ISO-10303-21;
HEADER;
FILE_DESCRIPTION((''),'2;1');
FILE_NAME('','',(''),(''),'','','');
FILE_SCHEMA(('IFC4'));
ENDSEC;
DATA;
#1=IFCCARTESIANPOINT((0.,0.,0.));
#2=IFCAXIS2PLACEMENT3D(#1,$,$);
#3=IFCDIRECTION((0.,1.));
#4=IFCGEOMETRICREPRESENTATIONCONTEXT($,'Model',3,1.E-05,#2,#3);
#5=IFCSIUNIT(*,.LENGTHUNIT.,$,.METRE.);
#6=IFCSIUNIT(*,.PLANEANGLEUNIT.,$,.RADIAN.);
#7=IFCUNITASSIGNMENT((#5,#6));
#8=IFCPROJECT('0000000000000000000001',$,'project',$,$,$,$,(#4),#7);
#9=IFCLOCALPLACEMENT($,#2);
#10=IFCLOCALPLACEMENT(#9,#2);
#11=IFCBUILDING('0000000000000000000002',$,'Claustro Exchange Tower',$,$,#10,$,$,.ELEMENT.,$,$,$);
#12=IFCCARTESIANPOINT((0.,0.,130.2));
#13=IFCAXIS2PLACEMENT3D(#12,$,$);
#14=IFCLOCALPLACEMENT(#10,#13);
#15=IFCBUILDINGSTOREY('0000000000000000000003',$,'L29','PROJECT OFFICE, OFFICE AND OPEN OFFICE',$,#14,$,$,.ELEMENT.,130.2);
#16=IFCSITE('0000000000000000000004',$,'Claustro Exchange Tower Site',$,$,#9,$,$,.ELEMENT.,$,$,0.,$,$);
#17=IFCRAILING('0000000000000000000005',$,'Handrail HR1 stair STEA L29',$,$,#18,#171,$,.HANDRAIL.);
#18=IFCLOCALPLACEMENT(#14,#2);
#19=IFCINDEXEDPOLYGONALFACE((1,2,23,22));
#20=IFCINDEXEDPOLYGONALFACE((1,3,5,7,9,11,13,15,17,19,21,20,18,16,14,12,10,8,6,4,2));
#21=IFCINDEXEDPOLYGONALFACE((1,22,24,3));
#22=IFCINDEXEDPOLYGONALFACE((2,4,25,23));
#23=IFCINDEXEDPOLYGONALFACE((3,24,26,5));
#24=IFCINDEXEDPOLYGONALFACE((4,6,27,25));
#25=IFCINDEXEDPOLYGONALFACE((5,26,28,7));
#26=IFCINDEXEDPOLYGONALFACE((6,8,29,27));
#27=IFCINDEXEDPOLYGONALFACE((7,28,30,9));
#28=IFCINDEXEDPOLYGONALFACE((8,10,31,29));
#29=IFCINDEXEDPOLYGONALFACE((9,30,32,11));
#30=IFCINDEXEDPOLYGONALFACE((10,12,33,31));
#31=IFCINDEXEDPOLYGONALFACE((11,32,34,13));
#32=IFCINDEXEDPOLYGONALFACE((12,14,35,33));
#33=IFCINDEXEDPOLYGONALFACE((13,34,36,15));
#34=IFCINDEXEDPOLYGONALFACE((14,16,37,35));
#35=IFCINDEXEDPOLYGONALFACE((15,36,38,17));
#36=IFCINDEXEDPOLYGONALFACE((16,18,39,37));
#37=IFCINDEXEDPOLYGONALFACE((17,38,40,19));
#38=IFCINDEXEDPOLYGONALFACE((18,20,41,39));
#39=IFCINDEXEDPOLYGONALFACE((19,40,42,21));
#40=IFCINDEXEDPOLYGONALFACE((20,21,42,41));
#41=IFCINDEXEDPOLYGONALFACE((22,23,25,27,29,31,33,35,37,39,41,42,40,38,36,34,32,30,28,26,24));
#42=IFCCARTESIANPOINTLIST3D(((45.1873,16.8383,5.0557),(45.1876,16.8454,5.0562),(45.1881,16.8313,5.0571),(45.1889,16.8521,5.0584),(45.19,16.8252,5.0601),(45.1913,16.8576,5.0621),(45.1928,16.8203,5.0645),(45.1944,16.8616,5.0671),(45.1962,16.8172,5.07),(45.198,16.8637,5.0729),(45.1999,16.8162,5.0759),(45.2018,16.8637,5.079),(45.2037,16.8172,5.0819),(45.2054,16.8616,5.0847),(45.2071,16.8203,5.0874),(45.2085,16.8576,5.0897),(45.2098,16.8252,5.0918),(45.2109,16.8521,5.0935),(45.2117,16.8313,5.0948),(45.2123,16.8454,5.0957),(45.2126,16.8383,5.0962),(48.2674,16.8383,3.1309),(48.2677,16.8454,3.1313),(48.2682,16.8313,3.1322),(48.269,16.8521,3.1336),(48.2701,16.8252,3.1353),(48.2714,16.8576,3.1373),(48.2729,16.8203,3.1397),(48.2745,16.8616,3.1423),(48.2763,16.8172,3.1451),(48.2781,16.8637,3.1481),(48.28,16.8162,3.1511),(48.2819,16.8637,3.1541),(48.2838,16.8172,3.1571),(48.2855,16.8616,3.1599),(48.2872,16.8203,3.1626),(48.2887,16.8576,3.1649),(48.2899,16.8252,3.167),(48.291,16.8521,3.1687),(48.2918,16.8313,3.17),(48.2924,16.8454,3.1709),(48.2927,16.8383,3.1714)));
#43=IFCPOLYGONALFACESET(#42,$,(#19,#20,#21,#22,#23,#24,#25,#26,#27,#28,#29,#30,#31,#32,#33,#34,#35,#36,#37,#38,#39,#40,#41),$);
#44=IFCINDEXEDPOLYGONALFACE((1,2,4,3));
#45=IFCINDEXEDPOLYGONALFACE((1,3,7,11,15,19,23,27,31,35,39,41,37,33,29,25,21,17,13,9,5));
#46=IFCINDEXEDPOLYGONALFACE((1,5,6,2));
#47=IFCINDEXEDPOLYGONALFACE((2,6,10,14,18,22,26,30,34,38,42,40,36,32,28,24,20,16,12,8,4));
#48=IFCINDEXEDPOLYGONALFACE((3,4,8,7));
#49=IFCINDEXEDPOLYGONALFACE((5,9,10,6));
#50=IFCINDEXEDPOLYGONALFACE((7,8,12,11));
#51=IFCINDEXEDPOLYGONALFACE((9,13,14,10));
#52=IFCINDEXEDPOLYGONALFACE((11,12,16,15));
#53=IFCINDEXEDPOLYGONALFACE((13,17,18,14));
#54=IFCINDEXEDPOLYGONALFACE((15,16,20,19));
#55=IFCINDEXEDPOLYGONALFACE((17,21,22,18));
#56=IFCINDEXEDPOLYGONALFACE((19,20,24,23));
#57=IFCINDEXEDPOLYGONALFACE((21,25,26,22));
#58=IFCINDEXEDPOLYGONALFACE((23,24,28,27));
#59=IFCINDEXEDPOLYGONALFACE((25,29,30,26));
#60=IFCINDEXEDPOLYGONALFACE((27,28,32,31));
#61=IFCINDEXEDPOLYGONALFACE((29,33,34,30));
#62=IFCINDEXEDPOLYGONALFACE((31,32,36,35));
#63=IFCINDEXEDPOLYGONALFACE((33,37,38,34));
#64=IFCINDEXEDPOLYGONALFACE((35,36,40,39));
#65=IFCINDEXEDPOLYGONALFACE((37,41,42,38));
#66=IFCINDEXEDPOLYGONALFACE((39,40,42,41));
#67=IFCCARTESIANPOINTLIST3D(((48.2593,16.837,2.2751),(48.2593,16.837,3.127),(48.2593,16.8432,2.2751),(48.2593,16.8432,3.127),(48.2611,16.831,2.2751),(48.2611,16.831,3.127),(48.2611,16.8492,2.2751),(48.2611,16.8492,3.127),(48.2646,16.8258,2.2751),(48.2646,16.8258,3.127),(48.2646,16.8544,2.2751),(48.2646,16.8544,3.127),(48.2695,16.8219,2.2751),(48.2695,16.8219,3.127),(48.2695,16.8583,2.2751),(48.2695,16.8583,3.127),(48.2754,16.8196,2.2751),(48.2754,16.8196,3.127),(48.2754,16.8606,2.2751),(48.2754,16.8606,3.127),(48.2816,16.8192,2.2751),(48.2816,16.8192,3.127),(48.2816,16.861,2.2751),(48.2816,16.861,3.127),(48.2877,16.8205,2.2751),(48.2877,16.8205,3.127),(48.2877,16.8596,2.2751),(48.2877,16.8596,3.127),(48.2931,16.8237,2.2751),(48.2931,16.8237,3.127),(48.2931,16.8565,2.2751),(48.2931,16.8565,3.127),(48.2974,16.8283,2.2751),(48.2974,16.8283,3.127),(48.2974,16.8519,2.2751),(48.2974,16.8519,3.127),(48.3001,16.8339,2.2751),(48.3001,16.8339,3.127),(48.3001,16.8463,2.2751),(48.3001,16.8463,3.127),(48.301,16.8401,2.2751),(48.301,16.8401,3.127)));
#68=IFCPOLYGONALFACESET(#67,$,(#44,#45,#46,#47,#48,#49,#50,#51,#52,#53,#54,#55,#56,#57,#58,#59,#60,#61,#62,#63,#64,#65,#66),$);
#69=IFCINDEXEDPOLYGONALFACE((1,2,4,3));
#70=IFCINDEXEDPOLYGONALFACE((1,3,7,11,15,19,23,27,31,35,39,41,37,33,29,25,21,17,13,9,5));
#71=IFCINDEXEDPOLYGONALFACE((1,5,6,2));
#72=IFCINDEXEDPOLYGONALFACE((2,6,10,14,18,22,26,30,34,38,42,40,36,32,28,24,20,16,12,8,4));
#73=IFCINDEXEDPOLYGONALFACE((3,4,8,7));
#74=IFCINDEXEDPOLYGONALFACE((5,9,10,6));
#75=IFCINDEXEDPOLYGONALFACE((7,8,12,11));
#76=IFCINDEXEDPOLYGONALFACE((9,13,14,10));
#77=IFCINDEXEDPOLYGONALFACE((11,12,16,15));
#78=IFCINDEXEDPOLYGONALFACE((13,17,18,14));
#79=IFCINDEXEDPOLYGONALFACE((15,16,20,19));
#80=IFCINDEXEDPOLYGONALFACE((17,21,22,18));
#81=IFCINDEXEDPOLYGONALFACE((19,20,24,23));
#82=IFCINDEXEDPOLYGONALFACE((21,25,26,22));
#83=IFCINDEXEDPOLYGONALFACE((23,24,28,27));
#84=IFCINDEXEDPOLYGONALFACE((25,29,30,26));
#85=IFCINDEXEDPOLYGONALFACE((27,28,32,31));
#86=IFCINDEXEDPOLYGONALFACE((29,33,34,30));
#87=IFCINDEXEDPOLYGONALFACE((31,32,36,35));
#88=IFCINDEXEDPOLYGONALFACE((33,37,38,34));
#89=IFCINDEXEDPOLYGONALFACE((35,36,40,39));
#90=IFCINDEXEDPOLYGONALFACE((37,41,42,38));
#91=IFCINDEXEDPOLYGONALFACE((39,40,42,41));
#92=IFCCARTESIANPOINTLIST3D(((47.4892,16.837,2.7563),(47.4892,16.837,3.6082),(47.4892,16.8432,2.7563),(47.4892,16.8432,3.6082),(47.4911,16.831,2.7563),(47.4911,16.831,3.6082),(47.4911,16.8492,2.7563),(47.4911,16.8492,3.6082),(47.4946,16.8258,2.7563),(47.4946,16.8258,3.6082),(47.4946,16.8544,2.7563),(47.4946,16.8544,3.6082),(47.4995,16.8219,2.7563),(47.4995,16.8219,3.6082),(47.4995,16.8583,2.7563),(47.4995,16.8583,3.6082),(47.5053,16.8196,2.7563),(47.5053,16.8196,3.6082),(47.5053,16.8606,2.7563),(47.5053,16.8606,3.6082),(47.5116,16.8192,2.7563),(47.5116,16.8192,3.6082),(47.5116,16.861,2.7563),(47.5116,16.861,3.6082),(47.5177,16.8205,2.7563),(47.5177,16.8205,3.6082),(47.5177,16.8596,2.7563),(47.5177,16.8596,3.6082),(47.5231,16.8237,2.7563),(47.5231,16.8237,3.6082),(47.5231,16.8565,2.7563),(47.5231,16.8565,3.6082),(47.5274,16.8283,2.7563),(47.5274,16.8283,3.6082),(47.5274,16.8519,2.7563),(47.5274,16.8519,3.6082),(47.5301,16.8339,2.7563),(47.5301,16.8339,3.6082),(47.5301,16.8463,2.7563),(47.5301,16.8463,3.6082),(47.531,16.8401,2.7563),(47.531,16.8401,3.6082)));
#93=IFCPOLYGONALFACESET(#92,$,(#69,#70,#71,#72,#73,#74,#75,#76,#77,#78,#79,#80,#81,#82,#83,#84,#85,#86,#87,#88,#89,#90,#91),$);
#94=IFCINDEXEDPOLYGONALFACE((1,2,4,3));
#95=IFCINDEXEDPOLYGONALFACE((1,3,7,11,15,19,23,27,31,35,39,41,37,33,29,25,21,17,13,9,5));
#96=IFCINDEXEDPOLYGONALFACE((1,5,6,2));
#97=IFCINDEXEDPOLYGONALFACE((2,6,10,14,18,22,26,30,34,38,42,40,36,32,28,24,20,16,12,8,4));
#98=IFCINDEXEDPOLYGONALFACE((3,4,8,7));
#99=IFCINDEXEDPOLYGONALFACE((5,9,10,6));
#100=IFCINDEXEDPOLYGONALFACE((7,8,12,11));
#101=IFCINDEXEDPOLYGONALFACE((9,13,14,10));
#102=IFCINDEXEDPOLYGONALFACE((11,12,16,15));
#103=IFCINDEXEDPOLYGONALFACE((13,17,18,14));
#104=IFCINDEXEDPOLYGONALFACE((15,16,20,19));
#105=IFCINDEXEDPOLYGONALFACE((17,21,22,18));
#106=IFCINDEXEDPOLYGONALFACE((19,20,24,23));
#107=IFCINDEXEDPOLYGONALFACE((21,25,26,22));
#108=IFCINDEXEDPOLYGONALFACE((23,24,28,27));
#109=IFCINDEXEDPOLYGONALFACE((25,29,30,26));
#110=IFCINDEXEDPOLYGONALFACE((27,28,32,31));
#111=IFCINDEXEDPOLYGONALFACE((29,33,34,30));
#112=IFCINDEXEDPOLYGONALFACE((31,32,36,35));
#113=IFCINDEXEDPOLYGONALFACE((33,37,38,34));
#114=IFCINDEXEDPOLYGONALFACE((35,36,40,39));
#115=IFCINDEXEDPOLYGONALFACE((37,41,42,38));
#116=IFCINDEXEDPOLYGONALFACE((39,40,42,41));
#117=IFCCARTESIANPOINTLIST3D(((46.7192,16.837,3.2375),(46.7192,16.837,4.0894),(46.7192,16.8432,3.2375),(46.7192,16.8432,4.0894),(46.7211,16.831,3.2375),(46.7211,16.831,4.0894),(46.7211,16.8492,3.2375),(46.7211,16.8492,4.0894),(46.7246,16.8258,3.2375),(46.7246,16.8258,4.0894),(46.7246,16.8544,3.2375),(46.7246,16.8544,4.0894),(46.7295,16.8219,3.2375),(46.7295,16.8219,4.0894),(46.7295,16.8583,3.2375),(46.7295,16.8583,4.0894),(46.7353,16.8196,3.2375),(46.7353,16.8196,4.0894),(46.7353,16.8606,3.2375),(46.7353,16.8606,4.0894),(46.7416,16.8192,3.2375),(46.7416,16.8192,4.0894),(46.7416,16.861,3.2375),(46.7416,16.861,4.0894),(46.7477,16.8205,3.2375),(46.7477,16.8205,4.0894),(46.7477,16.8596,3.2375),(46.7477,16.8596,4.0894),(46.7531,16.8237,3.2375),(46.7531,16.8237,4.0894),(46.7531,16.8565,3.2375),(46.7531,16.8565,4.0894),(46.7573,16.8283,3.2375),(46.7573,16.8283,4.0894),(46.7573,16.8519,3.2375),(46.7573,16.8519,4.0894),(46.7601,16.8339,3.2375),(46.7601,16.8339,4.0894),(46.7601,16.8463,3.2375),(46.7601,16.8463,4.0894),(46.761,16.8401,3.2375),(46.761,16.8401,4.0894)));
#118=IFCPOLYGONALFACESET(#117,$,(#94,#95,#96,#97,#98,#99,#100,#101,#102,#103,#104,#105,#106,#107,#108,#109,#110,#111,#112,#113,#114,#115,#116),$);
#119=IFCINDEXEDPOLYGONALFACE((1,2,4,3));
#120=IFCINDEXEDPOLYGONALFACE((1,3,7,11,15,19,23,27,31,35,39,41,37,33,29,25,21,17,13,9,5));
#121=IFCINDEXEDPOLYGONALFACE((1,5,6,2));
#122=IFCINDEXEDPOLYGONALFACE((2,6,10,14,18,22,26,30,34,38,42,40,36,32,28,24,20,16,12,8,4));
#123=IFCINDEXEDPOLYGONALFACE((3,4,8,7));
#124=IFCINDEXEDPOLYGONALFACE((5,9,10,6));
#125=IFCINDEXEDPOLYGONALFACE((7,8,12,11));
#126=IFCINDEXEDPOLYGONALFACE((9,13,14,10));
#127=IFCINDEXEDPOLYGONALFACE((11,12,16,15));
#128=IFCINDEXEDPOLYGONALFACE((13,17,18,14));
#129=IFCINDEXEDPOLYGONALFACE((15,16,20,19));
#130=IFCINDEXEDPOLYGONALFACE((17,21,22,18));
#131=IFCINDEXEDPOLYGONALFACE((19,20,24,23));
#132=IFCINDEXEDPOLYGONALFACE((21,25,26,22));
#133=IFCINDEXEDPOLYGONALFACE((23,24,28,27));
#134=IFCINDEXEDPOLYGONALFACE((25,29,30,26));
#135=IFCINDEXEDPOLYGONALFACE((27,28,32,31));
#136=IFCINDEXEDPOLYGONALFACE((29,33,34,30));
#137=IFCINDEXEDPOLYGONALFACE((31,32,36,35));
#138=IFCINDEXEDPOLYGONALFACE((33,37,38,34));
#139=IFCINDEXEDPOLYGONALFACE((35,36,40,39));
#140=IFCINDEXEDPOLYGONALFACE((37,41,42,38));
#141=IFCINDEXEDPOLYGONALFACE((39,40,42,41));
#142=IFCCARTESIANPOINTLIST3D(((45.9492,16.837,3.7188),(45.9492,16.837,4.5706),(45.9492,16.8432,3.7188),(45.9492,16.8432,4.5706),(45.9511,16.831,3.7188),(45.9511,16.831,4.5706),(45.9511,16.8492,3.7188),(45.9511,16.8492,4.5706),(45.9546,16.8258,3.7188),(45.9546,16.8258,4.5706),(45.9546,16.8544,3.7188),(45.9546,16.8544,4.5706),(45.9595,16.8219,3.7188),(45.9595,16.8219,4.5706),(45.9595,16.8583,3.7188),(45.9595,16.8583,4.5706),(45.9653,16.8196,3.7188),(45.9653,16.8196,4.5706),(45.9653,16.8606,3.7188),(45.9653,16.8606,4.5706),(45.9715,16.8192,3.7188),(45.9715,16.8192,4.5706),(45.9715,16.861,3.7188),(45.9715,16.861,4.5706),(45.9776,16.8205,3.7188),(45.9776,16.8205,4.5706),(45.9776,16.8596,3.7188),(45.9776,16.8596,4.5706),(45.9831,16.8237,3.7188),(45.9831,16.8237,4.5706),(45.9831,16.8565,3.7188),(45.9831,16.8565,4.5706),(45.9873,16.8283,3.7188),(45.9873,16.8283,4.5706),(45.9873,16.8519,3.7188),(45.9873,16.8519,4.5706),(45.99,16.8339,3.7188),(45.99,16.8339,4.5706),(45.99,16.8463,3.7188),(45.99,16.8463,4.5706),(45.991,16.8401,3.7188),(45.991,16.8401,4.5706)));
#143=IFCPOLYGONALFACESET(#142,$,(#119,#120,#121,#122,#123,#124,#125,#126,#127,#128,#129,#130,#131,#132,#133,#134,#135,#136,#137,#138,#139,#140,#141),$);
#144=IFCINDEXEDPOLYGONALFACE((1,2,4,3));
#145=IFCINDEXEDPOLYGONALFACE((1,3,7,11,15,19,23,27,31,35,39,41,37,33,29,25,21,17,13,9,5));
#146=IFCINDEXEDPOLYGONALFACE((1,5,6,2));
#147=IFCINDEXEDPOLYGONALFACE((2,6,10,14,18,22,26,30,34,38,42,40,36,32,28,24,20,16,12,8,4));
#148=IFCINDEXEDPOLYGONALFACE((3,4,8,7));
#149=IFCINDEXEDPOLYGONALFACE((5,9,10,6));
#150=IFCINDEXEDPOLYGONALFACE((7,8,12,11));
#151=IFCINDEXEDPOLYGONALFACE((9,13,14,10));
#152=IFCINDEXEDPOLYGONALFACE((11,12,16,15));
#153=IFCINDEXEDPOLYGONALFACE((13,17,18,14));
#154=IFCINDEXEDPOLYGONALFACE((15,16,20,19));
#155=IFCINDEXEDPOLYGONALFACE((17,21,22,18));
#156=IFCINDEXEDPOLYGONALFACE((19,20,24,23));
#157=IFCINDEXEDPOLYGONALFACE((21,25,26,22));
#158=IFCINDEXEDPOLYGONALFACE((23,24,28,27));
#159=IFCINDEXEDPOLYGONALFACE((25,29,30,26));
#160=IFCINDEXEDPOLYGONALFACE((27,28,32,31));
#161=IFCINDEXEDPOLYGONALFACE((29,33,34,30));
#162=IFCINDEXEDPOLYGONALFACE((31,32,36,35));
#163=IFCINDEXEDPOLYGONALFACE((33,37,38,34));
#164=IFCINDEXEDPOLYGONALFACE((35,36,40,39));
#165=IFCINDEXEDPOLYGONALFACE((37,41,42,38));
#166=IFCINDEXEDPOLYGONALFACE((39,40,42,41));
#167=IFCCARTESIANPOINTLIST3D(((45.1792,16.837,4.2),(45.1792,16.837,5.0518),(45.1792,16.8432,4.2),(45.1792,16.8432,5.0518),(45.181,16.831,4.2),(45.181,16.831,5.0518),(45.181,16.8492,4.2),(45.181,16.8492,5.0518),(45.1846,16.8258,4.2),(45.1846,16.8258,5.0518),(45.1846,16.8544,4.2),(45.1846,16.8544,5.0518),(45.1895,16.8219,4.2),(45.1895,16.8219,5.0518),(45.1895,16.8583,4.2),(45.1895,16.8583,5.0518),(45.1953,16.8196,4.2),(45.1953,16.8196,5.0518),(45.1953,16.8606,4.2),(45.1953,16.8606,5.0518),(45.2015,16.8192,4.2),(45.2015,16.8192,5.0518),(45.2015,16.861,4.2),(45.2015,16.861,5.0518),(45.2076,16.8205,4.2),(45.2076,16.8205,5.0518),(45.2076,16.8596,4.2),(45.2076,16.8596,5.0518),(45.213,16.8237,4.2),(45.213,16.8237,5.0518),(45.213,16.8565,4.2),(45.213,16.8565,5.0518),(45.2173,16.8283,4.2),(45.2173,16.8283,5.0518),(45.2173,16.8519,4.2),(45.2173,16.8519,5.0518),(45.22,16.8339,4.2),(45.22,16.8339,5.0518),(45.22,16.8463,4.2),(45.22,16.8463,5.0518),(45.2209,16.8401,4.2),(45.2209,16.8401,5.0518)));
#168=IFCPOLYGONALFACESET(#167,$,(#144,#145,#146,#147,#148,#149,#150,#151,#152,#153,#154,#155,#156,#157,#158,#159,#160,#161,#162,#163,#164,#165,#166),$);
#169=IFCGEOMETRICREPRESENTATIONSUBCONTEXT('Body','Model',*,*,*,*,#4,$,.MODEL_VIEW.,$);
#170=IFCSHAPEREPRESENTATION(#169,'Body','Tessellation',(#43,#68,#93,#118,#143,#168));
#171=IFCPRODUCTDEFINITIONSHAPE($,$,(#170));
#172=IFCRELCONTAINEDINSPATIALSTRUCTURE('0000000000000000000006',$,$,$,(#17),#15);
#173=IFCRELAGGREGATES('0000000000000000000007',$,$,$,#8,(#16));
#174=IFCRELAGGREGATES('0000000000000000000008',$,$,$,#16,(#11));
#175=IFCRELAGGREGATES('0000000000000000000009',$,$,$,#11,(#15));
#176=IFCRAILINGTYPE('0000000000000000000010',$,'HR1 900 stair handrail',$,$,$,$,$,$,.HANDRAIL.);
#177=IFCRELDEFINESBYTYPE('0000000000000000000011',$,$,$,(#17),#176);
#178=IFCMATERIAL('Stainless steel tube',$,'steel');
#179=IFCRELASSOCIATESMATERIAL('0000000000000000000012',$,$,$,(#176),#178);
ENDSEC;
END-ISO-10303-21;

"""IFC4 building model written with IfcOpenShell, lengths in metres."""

from ifc_helpers import new_model, si_unit, direction, frame, origin, origin_2d, place, context, subcontext, project, spatial, circle, extrude, material, type_object, element, save


model = new_model("IFC4")

# Units and contexts
model_context = context("Model", 3, precision=1e-05, world=origin(), true_north=direction((0.0, 1.0)))
body_context = subcontext(model_context, "Body", "Model", "MODEL_VIEW")
ifc_project = project(units=[si_unit("LENGTHUNIT", "METRE"), si_unit("PLANEANGLEUNIT", "RADIAN")], contexts=[model_context])

# Site, building, storey
site_placement = place(None, origin())
site = spatial("IfcSite", under=ifc_project, at=site_placement, Name="Claustro Exchange Tower Site", CompositionType="ELEMENT", RefElevation=0.0)
building_placement = place(site_placement, origin())
building = spatial("IfcBuilding", under=site, at=building_placement, Name="Claustro Exchange Tower", CompositionType="ELEMENT")
storey_placement = place(building_placement, frame((0.0, 0.0, 130.2)))
storey = spatial("IfcBuildingStorey", under=building, at=storey_placement, Name="L29", Description="PROJECT OFFICE, OFFICE AND OPEN OFFICE", CompositionType="ELEMENT", Elevation=130.2)

# Railing
ifc_material_1 = material(Name="Stainless steel tube", Category="steel")
railing_type_1 = type_object("IfcRailingType", Name="HR1 900 stair handrail", PredefinedType="HANDRAIL", material=ifc_material_1)
railing_1_placement = place(storey_placement, frame((48.28, 16.8401, 2.2751)))
element("IfcRailing", 1, at=railing_1_placement, inside=storey, type_object=railing_type_1, Name="Handrail HR1 stair STEA L29", PredefinedType="HANDRAIL", context=body_context, shape_type="SweptSolid", body=[
    extrude(circle(Radius=0.0239, at=origin_2d()), frame((0.0, 0.0, 0.876), z_axis=(-0.848029, 0.0, 0.529951), x_axis=(0.0, -1.0, 0.0)), (0.0, 0.0, 1.0), 3.6321),
    extrude(circle(Radius=0.021, at=origin_2d()), origin(), (0.0, 0.0, 1.0), 0.8518),
    extrude(circle(Radius=0.021, at=origin_2d()), frame((-0.77, 0.0, 0.4812)), (0.0, 0.0, 1.0), 0.8518),
    extrude(circle(Radius=0.021, at=origin_2d()), frame((-1.54, 0.0, 0.9624)), (0.0, 0.0, 1.0), 0.8518),
    extrude(circle(Radius=0.021, at=origin_2d()), frame((-2.3101, 0.0, 1.4436)), (0.0, 0.0, 1.0), 0.8518),
    extrude(circle(Radius=0.021, at=origin_2d()), frame((-3.0801, 0.0, 1.9248)), (0.0, 0.0, 1.0), 0.8518),
])

save(model, "model.ifc")
